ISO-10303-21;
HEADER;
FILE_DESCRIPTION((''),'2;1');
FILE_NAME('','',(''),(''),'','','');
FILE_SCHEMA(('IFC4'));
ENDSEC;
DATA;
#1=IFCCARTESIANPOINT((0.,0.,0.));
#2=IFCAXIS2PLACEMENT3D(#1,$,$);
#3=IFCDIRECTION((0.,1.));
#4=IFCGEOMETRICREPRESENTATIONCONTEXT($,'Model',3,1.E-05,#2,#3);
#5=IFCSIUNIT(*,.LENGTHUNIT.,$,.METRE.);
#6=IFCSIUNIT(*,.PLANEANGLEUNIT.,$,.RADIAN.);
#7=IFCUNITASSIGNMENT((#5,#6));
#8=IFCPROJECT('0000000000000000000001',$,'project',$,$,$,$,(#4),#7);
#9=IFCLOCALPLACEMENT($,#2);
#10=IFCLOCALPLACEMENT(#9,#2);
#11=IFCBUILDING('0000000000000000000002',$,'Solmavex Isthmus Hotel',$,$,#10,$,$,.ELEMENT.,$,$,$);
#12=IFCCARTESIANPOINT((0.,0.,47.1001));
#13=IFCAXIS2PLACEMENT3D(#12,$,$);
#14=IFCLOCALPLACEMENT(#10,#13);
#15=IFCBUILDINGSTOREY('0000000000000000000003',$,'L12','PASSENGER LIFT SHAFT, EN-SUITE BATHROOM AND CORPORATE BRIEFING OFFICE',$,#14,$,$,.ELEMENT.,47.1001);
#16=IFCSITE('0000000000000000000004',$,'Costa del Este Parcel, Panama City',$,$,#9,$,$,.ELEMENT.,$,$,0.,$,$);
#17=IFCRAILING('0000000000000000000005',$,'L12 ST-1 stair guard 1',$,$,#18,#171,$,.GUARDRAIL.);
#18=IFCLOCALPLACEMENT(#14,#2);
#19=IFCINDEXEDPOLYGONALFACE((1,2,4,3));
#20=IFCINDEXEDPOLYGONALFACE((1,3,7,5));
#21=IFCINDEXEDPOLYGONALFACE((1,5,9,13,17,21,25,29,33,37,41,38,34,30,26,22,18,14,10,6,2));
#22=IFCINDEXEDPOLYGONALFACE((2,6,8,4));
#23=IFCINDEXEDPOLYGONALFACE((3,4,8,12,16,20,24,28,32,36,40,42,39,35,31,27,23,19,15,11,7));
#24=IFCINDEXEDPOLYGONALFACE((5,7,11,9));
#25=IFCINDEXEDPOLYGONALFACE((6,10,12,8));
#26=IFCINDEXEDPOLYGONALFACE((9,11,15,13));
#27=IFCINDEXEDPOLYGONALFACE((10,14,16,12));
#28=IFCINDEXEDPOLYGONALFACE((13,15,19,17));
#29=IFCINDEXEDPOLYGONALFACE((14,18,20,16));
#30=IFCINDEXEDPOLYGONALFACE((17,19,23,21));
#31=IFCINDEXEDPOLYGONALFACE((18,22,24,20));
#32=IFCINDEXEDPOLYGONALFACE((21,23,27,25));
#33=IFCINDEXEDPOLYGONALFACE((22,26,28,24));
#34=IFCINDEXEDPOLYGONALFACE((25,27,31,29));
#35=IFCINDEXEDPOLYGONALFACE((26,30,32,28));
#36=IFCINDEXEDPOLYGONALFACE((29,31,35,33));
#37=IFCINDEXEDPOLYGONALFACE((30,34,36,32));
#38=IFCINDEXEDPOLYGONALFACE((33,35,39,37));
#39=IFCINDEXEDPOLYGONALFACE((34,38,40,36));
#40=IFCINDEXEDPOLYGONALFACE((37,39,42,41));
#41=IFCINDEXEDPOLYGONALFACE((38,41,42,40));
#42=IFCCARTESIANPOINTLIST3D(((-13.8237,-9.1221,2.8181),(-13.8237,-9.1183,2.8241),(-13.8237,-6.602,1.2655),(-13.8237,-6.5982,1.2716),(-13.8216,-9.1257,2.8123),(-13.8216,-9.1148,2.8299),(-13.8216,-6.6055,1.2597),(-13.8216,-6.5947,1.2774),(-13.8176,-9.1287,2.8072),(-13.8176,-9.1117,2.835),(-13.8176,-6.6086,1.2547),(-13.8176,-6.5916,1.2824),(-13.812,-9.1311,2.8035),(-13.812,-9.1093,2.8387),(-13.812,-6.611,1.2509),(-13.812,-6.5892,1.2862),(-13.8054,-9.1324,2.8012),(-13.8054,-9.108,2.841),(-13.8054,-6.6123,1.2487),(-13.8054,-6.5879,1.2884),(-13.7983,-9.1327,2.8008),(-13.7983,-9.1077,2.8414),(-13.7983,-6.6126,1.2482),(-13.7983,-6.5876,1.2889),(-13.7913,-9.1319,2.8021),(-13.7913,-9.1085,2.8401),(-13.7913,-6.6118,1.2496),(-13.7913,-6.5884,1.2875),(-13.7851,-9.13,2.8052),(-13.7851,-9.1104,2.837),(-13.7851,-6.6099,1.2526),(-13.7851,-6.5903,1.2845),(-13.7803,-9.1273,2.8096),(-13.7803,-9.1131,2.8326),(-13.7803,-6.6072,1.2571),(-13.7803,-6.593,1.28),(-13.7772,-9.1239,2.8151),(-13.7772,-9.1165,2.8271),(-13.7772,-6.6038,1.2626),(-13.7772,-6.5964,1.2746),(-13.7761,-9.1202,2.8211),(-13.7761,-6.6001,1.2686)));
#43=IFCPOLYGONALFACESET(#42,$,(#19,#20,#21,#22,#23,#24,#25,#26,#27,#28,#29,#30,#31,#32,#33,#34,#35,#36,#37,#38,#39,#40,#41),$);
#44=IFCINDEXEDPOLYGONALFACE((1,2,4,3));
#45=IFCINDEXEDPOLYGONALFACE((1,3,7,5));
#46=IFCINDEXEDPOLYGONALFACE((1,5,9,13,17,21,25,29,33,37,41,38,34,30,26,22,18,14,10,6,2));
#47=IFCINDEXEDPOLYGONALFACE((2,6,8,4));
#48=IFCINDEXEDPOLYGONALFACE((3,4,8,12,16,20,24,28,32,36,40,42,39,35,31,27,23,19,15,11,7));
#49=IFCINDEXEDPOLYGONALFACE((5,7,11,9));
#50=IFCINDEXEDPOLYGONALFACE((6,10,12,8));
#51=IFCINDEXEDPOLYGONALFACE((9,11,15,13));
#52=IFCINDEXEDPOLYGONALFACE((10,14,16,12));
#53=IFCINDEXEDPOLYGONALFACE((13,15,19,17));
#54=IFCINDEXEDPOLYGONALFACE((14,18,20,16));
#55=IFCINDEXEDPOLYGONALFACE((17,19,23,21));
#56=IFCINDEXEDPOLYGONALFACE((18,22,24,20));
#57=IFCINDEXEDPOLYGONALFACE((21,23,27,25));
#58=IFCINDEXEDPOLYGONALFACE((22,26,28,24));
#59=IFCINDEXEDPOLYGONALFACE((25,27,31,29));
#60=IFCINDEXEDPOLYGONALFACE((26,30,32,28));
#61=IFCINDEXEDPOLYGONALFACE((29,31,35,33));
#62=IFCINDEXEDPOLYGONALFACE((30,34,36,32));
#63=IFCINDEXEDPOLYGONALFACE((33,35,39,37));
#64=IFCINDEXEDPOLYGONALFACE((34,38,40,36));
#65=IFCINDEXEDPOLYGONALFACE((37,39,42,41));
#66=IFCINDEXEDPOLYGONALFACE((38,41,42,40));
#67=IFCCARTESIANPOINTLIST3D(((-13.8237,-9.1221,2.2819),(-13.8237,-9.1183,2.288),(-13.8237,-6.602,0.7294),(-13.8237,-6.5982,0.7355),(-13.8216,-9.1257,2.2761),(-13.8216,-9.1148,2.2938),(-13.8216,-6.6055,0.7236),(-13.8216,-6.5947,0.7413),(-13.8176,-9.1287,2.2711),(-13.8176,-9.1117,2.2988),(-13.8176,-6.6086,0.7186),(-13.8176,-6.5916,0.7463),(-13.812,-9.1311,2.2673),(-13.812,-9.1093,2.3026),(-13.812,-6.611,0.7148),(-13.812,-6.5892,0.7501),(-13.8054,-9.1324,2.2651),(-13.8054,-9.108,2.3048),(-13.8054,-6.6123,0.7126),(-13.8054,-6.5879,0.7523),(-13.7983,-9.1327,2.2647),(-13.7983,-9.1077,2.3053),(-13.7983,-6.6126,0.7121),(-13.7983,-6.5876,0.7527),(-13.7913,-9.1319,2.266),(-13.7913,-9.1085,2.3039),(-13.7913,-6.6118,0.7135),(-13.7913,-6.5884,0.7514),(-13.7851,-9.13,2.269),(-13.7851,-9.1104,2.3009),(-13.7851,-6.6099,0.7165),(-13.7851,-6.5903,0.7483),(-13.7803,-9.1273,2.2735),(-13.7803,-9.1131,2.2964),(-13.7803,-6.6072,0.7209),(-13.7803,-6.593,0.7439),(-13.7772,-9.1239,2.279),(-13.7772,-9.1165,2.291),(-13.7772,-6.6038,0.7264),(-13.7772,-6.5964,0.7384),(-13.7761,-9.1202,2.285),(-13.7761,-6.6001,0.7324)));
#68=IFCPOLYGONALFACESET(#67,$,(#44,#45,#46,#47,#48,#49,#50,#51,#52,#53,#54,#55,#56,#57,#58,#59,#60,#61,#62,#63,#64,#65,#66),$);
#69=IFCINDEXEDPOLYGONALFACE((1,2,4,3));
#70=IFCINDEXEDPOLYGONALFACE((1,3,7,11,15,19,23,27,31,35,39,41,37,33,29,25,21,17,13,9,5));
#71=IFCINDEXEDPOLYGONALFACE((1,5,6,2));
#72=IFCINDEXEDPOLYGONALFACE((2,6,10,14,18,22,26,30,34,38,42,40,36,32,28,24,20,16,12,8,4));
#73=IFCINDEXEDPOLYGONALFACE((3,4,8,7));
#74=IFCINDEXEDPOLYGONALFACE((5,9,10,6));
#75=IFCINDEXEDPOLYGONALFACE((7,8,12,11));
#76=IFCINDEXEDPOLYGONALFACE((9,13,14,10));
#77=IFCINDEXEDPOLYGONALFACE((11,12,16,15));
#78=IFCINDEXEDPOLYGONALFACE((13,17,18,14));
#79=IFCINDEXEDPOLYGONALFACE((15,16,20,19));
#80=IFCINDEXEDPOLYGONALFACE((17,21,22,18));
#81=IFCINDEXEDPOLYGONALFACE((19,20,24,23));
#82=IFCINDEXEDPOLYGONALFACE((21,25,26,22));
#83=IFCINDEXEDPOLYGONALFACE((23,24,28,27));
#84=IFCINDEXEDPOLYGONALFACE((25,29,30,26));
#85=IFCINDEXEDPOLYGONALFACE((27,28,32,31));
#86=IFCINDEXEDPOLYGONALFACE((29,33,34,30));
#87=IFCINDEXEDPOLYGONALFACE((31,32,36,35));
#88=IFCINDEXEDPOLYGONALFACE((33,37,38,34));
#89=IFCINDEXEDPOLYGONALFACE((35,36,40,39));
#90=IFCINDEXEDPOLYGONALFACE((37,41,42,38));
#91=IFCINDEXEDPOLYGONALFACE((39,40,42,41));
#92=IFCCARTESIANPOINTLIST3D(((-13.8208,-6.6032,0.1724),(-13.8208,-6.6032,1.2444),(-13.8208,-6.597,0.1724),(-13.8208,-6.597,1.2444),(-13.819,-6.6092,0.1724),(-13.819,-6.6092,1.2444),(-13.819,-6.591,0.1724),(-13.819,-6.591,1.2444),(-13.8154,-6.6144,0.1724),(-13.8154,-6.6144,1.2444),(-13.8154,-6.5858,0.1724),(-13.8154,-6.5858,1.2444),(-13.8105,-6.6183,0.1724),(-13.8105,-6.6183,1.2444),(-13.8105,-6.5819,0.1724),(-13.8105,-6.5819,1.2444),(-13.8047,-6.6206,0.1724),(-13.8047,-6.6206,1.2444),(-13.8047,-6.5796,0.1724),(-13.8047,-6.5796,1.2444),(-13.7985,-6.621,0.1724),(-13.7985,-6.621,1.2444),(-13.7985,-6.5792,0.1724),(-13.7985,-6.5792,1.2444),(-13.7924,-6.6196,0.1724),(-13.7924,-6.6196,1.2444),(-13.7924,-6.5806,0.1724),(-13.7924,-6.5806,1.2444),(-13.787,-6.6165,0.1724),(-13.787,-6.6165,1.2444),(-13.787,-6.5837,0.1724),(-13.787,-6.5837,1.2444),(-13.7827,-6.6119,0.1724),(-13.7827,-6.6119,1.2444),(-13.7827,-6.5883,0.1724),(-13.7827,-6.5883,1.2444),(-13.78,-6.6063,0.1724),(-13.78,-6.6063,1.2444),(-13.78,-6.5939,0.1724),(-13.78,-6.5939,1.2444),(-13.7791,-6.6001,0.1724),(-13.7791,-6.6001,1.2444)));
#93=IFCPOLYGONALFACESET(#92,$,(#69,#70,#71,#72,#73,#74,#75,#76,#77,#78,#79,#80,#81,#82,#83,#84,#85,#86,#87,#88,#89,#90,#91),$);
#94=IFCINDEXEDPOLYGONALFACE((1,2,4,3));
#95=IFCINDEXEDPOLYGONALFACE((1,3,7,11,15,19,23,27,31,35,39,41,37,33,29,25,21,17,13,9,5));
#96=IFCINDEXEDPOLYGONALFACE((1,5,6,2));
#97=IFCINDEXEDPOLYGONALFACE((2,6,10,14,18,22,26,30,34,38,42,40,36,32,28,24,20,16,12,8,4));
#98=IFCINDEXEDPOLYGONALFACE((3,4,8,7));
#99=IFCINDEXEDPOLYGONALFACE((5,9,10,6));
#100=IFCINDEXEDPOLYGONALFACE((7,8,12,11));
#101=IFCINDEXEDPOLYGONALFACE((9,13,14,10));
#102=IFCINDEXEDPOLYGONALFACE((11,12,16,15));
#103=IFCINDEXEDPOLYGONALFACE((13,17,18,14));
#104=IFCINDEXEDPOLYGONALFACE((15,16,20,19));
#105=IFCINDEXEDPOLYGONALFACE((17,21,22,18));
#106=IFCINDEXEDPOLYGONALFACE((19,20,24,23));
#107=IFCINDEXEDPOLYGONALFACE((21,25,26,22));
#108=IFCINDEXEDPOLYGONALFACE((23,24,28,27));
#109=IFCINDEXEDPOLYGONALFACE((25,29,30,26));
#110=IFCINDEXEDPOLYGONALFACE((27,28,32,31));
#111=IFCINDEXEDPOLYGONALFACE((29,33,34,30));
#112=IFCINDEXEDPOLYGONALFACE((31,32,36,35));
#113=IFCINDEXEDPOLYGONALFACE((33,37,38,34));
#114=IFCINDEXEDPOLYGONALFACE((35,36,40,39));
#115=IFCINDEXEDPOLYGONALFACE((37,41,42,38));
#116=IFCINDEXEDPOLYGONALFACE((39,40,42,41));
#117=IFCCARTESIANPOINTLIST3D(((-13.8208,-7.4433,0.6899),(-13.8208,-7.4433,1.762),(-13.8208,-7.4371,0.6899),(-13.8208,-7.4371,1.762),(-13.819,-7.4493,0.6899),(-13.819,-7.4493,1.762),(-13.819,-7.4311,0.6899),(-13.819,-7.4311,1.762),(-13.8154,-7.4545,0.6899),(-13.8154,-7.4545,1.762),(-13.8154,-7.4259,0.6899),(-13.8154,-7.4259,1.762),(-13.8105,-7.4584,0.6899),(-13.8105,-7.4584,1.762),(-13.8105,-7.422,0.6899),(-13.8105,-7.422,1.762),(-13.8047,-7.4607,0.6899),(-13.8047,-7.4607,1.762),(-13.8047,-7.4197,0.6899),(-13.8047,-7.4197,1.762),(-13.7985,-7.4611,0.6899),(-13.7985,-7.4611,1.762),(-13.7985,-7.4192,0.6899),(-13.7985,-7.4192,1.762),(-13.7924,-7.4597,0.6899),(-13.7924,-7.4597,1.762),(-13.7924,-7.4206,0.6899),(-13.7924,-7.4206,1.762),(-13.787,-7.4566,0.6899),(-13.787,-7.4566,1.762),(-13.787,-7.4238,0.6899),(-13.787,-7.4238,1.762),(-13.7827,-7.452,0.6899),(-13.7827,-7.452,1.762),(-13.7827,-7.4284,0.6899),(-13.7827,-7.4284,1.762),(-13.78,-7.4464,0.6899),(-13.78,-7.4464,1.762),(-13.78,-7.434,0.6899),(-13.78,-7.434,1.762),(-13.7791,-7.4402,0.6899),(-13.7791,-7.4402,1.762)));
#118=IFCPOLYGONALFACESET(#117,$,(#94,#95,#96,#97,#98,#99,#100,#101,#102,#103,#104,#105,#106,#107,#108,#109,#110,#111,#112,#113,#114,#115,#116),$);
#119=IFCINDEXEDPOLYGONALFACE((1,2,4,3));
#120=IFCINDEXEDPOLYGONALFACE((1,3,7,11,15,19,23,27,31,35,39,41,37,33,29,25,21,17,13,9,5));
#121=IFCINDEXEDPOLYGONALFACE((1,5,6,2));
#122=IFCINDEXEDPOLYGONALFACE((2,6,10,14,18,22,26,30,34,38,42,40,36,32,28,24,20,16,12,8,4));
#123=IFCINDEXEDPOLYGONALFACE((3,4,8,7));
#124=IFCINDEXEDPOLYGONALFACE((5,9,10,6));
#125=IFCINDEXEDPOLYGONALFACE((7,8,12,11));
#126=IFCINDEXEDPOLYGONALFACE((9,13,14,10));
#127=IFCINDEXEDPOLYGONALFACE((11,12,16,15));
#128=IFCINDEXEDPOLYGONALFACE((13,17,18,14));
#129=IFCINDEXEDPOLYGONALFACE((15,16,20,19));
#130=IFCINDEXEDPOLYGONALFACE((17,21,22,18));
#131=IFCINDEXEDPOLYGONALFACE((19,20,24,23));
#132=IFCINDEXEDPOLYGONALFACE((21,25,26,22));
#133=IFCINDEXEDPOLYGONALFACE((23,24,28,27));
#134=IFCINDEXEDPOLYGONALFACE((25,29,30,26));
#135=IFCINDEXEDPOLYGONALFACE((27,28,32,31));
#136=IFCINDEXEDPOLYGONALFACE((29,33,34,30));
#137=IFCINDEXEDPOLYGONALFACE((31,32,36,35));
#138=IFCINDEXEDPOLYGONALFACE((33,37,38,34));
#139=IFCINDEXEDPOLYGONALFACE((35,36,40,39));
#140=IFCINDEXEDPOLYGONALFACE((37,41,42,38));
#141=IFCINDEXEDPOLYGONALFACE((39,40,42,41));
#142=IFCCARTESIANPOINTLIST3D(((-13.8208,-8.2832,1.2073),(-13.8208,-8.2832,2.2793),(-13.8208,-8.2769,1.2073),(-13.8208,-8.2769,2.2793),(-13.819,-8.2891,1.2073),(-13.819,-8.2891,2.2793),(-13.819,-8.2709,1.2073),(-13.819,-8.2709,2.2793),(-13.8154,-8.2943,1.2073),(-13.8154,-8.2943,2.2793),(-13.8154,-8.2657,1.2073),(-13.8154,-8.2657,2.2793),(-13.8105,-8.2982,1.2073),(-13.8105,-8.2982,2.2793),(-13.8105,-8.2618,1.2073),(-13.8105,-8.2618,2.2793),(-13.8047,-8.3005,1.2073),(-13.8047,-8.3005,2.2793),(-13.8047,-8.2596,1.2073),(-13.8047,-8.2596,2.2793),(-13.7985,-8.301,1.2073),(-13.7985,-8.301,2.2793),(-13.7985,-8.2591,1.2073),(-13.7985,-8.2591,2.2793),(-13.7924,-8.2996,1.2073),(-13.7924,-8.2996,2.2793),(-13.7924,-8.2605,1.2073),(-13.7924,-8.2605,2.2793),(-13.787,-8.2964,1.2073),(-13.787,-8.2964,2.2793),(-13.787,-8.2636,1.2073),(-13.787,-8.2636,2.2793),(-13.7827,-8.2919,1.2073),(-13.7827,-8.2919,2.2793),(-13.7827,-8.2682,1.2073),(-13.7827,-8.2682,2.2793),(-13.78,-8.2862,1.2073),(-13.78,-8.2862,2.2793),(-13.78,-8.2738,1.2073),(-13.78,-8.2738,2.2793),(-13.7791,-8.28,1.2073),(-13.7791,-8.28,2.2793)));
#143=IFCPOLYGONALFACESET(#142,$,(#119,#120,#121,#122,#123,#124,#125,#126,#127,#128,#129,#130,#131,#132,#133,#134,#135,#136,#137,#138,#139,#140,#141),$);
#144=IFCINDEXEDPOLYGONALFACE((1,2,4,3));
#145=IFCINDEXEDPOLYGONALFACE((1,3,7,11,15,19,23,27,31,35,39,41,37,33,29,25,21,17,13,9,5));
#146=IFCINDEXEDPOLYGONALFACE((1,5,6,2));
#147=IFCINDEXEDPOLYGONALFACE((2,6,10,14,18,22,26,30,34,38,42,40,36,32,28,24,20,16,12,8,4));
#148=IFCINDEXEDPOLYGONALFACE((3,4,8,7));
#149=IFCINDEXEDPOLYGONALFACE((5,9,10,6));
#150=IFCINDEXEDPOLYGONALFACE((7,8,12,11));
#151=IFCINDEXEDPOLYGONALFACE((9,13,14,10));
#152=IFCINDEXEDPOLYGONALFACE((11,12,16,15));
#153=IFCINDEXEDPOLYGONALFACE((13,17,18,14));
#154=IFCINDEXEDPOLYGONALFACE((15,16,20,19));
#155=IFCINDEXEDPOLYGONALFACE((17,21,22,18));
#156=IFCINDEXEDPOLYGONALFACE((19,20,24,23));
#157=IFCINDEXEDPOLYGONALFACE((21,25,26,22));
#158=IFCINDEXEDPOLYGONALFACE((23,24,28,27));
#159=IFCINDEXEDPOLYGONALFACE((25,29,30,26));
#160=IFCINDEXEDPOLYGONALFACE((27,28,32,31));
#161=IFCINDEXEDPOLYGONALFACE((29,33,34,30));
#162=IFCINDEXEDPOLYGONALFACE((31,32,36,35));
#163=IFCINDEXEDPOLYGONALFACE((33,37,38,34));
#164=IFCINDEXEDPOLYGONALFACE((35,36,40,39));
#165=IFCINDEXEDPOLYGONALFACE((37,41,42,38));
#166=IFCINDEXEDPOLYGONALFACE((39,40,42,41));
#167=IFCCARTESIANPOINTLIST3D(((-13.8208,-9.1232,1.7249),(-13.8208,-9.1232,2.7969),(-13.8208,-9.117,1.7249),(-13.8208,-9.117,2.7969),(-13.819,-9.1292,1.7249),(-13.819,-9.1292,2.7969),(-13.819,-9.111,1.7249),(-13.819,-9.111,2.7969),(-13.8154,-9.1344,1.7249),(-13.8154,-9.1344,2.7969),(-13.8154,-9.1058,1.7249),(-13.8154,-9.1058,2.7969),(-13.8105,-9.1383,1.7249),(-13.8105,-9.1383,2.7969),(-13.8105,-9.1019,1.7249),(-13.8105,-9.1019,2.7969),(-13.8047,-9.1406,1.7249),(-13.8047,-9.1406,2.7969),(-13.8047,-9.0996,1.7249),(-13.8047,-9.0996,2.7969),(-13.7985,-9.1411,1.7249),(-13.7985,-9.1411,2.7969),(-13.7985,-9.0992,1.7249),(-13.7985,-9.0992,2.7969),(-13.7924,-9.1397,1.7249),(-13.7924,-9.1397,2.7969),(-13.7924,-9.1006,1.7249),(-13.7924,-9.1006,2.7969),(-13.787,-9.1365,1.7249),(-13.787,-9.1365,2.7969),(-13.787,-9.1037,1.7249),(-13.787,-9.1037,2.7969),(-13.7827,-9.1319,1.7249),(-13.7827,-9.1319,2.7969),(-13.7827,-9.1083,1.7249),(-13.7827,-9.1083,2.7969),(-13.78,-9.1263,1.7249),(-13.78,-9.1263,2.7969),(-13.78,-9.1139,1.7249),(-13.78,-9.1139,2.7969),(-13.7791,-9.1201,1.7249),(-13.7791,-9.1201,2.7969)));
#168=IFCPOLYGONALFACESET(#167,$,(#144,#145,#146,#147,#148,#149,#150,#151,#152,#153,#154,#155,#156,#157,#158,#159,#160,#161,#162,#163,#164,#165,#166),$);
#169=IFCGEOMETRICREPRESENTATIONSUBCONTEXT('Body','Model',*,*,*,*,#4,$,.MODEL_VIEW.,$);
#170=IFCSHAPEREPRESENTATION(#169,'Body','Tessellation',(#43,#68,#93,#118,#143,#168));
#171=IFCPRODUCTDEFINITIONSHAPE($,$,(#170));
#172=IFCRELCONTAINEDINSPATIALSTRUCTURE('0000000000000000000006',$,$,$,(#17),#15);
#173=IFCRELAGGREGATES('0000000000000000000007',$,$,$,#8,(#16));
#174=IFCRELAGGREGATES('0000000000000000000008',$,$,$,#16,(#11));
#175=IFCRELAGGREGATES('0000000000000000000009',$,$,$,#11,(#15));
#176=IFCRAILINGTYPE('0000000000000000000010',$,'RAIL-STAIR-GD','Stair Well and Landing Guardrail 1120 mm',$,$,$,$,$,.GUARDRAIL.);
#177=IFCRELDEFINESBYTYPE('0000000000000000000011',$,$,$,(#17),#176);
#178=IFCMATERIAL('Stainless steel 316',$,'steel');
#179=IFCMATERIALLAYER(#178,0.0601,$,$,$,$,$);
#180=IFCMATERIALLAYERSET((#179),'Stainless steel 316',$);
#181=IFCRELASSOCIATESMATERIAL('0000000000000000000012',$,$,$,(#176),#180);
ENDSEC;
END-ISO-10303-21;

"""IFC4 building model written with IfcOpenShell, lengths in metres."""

from ifc_helpers import new_model, si_unit, direction, frame, origin, origin_2d, place, context, subcontext, project, spatial, circle, extrude, material, layer, layer_set, type_object, element, save


model = new_model("IFC4")

# Units and contexts
model_context = context("Model", 3, precision=1e-05, world=origin(), true_north=direction((0.0, 1.0)))
body_context = subcontext(model_context, "Body", "Model", "MODEL_VIEW")
ifc_project = project(units=[si_unit("LENGTHUNIT", "METRE"), si_unit("PLANEANGLEUNIT", "RADIAN")], contexts=[model_context])

# Site, building, storey
site_placement = place(None, origin())
site = spatial("IfcSite", under=ifc_project, at=site_placement, Name="Costa del Este Parcel, Panama City", CompositionType="ELEMENT", RefElevation=0.0)
building_placement = place(site_placement, origin())
building = spatial("IfcBuilding", under=site, at=building_placement, Name="Solmavex Isthmus Hotel", CompositionType="ELEMENT")
storey_placement = place(building_placement, frame((0.0, 0.0, 47.1001)))
storey = spatial("IfcBuildingStorey", under=building, at=storey_placement, Name="L12", Description="PASSENGER LIFT SHAFT, EN-SUITE BATHROOM AND CORPORATE BRIEFING OFFICE", CompositionType="ELEMENT", Elevation=47.1001)

# Shared definitions
ifc_material_1 = material(Name="Stainless steel 316", Category="steel")

# Railing
ifc_layer_1 = layer(ifc_material_1, 0.0601)
ifc_layer_set_1 = layer_set([ifc_layer_1], Name="Stainless steel 316")
railing_type_1 = type_object("IfcRailingType", Name="RAIL-STAIR-GD", Description="Stair Well and Landing Guardrail 1120 mm", PredefinedType="GUARDRAIL", material=ifc_layer_set_1)
railing_1_placement = place(storey_placement, frame((-13.8, -6.6001, 0.1724)))
element("IfcRailing", 1, at=railing_1_placement, inside=storey, type_object=railing_type_1, Name="L12 ST-1 stair guard 1", PredefinedType="GUARDRAIL", context=body_context, shape_type="SweptSolid", body=[
    extrude(circle(Radius=0.0239, at=origin_2d()), frame((0.0, 0.0, 1.0962), z_axis=(0.0, -0.8514, 0.524516), x_axis=(1.0, 0.0, 0.0)), (0.0, 0.0, 1.0), 2.96),
    extrude(circle(Radius=0.0239, at=origin_2d()), frame((0.0, 0.0, 0.5601), z_axis=(0.0, -0.8514, 0.524516), x_axis=(1.0, 0.0, 0.0)), (0.0, 0.0, 1.0), 2.96),
    extrude(circle(Radius=0.021, at=origin_2d()), origin(), (0.0, 0.0, 1.0), 1.072),
    extrude(circle(Radius=0.021, at=origin_2d()), frame((0.0, -0.8401, 0.5176)), (0.0, 0.0, 1.0), 1.072),
    extrude(circle(Radius=0.021, at=origin_2d()), frame((0.0, -1.6799, 1.0349)), (0.0, 0.0, 1.0), 1.072),
    extrude(circle(Radius=0.021, at=origin_2d()), frame((0.0, -2.52, 1.5525)), (0.0, 0.0, 1.0), 1.072),
])

save(model, "model.ifc")
